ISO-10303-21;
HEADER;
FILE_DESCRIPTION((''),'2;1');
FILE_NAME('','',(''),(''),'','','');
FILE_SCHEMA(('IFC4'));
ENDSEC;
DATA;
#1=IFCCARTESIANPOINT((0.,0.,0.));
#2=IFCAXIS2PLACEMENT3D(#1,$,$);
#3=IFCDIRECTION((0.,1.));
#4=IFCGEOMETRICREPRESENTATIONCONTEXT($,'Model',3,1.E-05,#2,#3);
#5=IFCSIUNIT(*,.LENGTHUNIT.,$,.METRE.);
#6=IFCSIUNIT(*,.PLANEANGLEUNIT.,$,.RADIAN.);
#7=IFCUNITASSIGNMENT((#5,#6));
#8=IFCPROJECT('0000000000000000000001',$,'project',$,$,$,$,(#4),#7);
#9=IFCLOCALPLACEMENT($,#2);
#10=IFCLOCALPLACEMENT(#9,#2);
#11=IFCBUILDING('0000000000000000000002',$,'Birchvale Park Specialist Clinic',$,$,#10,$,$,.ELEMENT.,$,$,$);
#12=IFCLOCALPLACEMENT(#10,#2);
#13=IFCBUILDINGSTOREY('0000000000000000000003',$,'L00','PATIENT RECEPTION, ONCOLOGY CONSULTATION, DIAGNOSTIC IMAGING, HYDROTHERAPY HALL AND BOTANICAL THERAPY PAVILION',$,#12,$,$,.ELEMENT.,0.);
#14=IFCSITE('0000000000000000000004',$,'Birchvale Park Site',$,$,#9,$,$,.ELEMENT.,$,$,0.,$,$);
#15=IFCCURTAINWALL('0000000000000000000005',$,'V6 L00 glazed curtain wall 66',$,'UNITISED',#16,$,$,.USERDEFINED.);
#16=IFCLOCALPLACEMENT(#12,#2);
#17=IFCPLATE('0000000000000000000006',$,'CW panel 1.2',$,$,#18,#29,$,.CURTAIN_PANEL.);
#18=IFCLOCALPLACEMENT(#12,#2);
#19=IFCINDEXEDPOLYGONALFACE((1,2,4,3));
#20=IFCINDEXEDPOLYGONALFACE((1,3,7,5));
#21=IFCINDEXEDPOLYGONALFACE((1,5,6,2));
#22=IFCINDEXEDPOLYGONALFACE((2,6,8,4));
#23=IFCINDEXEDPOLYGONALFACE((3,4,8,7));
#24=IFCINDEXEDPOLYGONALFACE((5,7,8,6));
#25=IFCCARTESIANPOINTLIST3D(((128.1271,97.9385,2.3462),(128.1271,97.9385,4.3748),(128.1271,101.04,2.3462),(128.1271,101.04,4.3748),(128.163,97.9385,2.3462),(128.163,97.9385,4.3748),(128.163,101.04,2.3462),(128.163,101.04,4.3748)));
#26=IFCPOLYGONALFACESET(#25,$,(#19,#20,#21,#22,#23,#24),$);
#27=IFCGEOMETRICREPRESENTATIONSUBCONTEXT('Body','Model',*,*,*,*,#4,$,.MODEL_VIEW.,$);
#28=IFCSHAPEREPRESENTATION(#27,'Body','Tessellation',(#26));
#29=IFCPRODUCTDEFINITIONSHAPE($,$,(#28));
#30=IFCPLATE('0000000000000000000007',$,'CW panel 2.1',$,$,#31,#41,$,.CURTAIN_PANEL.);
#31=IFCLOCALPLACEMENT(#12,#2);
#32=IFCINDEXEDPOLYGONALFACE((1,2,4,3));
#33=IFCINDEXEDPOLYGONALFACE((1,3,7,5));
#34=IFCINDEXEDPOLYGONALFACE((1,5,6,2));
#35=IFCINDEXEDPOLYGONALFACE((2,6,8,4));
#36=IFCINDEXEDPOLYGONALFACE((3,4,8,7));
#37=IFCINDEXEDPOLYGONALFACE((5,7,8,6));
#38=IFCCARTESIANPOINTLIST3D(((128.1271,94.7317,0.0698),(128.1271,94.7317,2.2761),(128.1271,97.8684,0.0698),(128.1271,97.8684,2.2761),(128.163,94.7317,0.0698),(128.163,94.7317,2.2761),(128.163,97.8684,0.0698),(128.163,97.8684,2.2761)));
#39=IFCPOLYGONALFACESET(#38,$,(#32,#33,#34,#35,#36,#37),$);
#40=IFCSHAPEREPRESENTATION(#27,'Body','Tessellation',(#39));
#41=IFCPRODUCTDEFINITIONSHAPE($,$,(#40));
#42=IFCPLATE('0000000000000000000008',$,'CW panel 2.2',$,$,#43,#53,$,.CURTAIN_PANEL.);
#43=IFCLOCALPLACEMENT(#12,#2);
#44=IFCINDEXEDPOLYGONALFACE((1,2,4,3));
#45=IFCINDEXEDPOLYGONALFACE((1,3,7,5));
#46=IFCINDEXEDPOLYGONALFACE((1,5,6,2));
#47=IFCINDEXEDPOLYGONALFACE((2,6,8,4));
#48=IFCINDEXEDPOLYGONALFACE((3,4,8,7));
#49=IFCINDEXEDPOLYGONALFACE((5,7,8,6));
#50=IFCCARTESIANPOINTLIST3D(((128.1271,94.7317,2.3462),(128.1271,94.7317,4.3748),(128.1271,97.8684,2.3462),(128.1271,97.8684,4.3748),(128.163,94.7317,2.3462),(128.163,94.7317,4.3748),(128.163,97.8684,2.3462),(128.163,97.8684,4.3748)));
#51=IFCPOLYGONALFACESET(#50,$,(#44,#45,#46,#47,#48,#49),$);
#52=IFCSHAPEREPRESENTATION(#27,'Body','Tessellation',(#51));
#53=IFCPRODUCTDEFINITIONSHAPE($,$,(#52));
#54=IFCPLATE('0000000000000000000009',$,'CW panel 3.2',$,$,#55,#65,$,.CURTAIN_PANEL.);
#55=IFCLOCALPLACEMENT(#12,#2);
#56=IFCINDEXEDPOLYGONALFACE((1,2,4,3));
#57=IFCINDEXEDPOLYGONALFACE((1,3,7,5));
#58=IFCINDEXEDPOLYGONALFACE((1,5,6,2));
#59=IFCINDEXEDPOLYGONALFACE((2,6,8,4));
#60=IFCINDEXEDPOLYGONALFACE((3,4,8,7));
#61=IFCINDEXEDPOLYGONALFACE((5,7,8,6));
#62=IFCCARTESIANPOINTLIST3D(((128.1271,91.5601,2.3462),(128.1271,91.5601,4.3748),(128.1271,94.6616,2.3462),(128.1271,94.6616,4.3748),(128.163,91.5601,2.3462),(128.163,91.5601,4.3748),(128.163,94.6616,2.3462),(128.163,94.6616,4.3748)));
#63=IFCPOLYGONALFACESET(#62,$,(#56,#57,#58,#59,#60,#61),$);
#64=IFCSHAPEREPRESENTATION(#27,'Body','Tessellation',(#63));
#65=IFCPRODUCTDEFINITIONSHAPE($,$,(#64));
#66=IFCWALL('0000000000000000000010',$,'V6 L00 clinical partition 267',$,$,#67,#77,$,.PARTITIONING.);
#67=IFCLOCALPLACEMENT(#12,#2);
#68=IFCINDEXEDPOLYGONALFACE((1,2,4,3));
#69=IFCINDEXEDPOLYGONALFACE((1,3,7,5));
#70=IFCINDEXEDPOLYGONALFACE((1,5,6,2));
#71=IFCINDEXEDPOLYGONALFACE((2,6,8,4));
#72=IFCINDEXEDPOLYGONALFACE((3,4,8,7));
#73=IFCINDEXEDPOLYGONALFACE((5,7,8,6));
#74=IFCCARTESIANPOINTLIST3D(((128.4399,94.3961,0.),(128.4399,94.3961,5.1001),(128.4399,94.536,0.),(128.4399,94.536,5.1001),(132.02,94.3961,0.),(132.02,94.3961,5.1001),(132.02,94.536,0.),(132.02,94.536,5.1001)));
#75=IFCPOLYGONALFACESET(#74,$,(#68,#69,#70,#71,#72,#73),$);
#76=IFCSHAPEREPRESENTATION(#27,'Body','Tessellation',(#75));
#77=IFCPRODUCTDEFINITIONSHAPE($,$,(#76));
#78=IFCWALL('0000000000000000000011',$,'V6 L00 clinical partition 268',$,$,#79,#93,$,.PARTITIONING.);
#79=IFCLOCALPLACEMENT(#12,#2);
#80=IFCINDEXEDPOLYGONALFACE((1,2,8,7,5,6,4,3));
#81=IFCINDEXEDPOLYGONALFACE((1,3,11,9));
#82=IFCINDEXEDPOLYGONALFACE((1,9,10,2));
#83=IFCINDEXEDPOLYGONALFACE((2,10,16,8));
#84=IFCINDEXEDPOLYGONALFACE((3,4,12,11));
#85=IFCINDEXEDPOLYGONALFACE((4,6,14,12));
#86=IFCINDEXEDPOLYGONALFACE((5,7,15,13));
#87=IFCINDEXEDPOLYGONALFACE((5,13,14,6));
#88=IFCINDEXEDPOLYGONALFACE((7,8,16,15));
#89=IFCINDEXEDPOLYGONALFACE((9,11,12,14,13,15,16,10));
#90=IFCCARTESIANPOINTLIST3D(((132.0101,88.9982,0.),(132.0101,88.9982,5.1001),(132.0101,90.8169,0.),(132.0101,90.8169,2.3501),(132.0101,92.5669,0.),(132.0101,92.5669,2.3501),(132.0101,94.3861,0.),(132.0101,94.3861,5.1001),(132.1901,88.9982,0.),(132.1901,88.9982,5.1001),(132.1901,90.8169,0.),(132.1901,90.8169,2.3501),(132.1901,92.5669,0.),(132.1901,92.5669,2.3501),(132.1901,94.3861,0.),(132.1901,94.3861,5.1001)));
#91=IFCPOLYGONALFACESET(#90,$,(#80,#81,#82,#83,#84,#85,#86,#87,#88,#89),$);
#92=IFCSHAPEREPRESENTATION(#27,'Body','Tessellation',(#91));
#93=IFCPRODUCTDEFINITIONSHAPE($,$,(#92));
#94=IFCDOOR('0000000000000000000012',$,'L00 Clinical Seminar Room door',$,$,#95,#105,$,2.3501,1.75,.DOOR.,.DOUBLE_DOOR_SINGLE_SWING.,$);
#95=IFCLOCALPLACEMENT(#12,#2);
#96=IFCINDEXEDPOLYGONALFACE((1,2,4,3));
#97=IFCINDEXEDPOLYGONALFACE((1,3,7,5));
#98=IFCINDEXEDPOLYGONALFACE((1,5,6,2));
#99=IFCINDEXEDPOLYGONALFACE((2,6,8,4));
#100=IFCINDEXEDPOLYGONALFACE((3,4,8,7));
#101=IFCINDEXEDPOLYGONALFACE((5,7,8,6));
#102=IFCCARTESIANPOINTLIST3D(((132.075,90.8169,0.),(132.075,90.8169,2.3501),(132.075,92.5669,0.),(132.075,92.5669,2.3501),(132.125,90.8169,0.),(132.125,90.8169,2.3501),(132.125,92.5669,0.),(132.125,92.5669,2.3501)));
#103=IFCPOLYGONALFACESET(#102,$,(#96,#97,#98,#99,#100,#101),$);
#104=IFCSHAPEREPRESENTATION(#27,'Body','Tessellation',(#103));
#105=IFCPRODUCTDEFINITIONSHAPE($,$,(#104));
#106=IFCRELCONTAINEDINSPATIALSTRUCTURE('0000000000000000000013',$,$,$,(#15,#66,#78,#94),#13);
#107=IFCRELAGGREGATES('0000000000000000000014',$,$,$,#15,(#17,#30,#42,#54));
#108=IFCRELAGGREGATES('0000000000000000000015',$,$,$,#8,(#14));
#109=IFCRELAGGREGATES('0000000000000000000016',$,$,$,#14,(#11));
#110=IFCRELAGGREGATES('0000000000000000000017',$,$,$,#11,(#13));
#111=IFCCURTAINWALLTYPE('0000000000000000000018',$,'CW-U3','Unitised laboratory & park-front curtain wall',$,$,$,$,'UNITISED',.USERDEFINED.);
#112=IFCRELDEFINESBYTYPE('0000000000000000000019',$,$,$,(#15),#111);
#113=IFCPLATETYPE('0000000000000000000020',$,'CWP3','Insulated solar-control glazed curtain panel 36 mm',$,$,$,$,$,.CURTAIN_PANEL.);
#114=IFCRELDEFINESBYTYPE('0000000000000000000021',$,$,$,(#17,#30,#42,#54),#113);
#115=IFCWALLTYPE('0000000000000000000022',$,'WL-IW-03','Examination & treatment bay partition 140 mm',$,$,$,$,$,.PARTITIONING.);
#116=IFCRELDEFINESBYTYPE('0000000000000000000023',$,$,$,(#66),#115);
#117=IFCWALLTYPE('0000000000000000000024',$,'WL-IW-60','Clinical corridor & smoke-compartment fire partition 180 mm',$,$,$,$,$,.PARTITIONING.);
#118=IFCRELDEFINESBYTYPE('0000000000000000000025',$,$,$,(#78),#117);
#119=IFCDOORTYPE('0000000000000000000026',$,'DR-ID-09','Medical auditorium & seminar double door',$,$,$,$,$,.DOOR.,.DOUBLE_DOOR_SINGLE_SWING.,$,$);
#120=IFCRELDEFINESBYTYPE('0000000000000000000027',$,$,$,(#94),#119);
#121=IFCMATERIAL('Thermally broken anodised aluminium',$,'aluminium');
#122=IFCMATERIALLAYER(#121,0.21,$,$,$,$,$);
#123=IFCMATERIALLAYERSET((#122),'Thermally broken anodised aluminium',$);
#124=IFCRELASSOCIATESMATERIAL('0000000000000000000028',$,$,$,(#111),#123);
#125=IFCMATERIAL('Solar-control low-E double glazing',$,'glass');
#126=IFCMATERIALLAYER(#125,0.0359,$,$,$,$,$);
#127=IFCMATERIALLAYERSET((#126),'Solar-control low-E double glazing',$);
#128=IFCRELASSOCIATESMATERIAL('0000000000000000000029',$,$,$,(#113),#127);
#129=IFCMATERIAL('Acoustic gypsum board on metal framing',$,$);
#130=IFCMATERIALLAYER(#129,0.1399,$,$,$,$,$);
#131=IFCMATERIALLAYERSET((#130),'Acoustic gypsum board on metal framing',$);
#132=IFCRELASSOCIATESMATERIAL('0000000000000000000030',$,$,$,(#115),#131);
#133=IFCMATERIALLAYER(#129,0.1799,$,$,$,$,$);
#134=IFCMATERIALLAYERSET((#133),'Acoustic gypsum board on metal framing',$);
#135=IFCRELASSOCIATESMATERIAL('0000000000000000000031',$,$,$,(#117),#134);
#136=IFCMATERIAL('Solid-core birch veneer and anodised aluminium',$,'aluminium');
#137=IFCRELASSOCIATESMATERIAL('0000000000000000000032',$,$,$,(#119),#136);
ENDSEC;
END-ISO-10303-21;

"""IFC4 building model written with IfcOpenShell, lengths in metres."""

from ifc_helpers import new_model, si_unit, direction, frame, frame_2d, origin, origin_2d, place, context, subcontext, project, spatial, rectangle, extrude, material, layer, layer_set, type_object, element, fill, aggregate, save


model = new_model("IFC4")

# Units and contexts
model_context = context("Model", 3, precision=1e-05, world=origin(), true_north=direction((0.0, 1.0)))
body_context = subcontext(model_context, "Body", "Model", "MODEL_VIEW")
ifc_project = project(units=[si_unit("LENGTHUNIT", "METRE"), si_unit("PLANEANGLEUNIT", "RADIAN")], contexts=[model_context])

# Site, building, storey
site_placement = place(None, origin())
site = spatial("IfcSite", under=ifc_project, at=site_placement, Name="Birchvale Park Site", CompositionType="ELEMENT", RefElevation=0.0)
building_placement = place(site_placement, origin())
building = spatial("IfcBuilding", under=site, at=building_placement, Name="Birchvale Park Specialist Clinic", CompositionType="ELEMENT")
storey_placement = place(building_placement, origin())
storey = spatial("IfcBuildingStorey", under=building, at=storey_placement, Name="L00", Description="PATIENT RECEPTION, ONCOLOGY CONSULTATION, DIAGNOSTIC IMAGING, HYDROTHERAPY HALL AND BOTANICAL THERAPY PAVILION", CompositionType="ELEMENT", Elevation=0.0)

# Curtain wall, plates
ifc_material_1 = material(Name="Thermally broken anodised aluminium", Category="aluminium")
ifc_layer_1 = layer(ifc_material_1, 0.21)
ifc_layer_set_1 = layer_set([ifc_layer_1], Name="Thermally broken anodised aluminium")
curtain_wall_type = type_object("IfcCurtainWallType", Name="CW-U3", Description="Unitised laboratory & park-front curtain wall", ElementType="UNITISED", PredefinedType="USERDEFINED", material=ifc_layer_set_1)
curtain_wall_placement = place(storey_placement, origin())
curtain_wall = element("IfcCurtainWall", 1, at=curtain_wall_placement, inside=storey, type_object=curtain_wall_type, Name="V6 L00 glazed curtain wall 66", ObjectType="UNITISED", PredefinedType="USERDEFINED")
ifc_material_2 = material(Name="Solar-control low-E double glazing", Category="glass")
ifc_layer_2 = layer(ifc_material_2, 0.0359)
ifc_layer_set_2 = layer_set([ifc_layer_2], Name="Solar-control low-E double glazing")
plate_type = type_object("IfcPlateType", Name="CWP3", Description="Insulated solar-control glazed curtain panel 36 mm", PredefinedType="CURTAIN_PANEL", material=ifc_layer_set_2)
plate_1_placement = place(storey_placement, frame((128.145, 99.4893, 2.3462), z_axis=(0.0, 0.0, 1.0), x_axis=(0.0, -1.0, 0.0)))
plate_1 = element("IfcPlate", 2, at=plate_1_placement, type_object=plate_type, Name="CW panel 1.2", PredefinedType="CURTAIN_PANEL", context=body_context, shape_type="SweptSolid", body=[
    extrude(rectangle(XDim=3.1016, YDim=0.0359, at=origin_2d()), origin(), (0.0, 0.0, 1.0), 2.0286),
])
plate_2_placement = place(storey_placement, frame((128.145, 96.3, 0.0698), z_axis=(0.0, 0.0, 1.0), x_axis=(0.0, -1.0, 0.0)))
plate_2 = element("IfcPlate", 3, at=plate_2_placement, type_object=plate_type, Name="CW panel 2.1", PredefinedType="CURTAIN_PANEL", context=body_context, shape_type="SweptSolid", body=[
    extrude(rectangle(XDim=3.1367, YDim=0.0359, at=origin_2d()), origin(), (0.0, 0.0, 1.0), 2.2063),
])
plate_3_placement = place(storey_placement, frame((128.145, 96.3, 2.3462), z_axis=(0.0, 0.0, 1.0), x_axis=(0.0, -1.0, 0.0)))
plate_3 = element("IfcPlate", 4, at=plate_3_placement, type_object=plate_type, Name="CW panel 2.2", PredefinedType="CURTAIN_PANEL", context=body_context, shape_type="SweptSolid", body=[
    extrude(rectangle(XDim=3.1367, YDim=0.0359, at=origin_2d()), origin(), (0.0, 0.0, 1.0), 2.0286),
])
plate_4_placement = place(storey_placement, frame((128.145, 93.1108, 2.3462), z_axis=(0.0, 0.0, 1.0), x_axis=(0.0, -1.0, 0.0)))
plate_4 = element("IfcPlate", 5, at=plate_4_placement, type_object=plate_type, Name="CW panel 3.2", PredefinedType="CURTAIN_PANEL", context=body_context, shape_type="SweptSolid", body=[
    extrude(rectangle(XDim=3.1016, YDim=0.0359, at=origin_2d()), origin(), (0.0, 0.0, 1.0), 2.0286),
])
aggregate(curtain_wall, [plate_1, plate_2, plate_3, plate_4])

# Wall
ifc_material_3 = material(Name="Acoustic gypsum board on metal framing")
ifc_layer_3 = layer(ifc_material_3, 0.1399)
ifc_layer_set_3 = layer_set([ifc_layer_3], Name="Acoustic gypsum board on metal framing")
wall_type_1 = type_object("IfcWallType", Name="WL-IW-03", Description="Examination & treatment bay partition 140 mm", PredefinedType="PARTITIONING", material=ifc_layer_set_3)
wall_1_placement = place(storey_placement, frame((128.4399, 94.4661, 0.0), z_axis=(0.0, 0.0, 1.0), x_axis=(1.0, 0.0, 0.0)))
element("IfcWall", 6, at=wall_1_placement, inside=storey, type_object=wall_type_1, Name="V6 L00 clinical partition 267", PredefinedType="PARTITIONING", context=body_context, shape_type="SweptSolid", body=[
    extrude(rectangle(XDim=3.5801, YDim=0.1399, at=frame_2d((1.79, 0.0))), origin(), (0.0, 0.0, 1.0), 5.1001),
])

# Wall, opening, door
ifc_layer_4 = layer(ifc_material_3, 0.1799)
ifc_layer_set_4 = layer_set([ifc_layer_4], Name="Acoustic gypsum board on metal framing")
wall_type_2 = type_object("IfcWallType", Name="WL-IW-60", Description="Clinical corridor & smoke-compartment fire partition 180 mm", PredefinedType="PARTITIONING", material=ifc_layer_set_4)
wall_2_placement = place(storey_placement, frame((132.1001, 94.386, 0.0), z_axis=(0.0, 0.0, 1.0), x_axis=(0.0, -1.0, 0.0)))
wall_2 = element("IfcWall", 7, at=wall_2_placement, inside=storey, type_object=wall_type_2, Name="V6 L00 clinical partition 268", PredefinedType="PARTITIONING", context=body_context, shape_type="SweptSolid", body=[
    extrude(rectangle(XDim=5.3879, YDim=0.1799, at=frame_2d((2.6938, 0.0))), origin(), (0.0, 0.0, 1.0), 5.1001),
])
opening_placement = place(wall_2_placement, frame((1.8191, 0.0, 0.0)))
opening = element("IfcOpeningElement", 8, at=opening_placement, cuts=wall_2, PredefinedType="OPENING", context=body_context, shape_type="SweptSolid", body=[
    extrude(rectangle(XDim=1.75, YDim=2.3501, at=frame_2d((0.875, 1.175))), frame((0.0, 0.1001, 0.0), z_axis=(0.0, -1.0, 0.0), x_axis=(1.0, 0.0, 0.0)), (0.0, 0.0, 1.0), 0.2),
])
ifc_material_4 = material(Name="Solid-core birch veneer and anodised aluminium", Category="aluminium")
door_type = type_object("IfcDoorType", Name="DR-ID-09", Description="Medical auditorium & seminar double door", OperationType="DOUBLE_DOOR_SINGLE_SWING", PredefinedType="DOOR", material=ifc_material_4)
door_placement = place(opening_placement, origin())
door = element("IfcDoor", 9, at=door_placement, inside=storey, type_object=door_type, Name="L00 Clinical Seminar Room door", OperationType="DOUBLE_DOOR_SINGLE_SWING", OverallHeight=2.3501, OverallWidth=1.75, PredefinedType="DOOR", context=body_context, shape_type="SweptSolid", body=[
    extrude(rectangle(XDim=1.75, YDim=2.3501, at=frame_2d((0.875, 1.175))), frame((0.0, 0.0249, 0.0), z_axis=(0.0, -1.0, 0.0), x_axis=(1.0, 0.0, 0.0)), (0.0, 0.0, 1.0), 0.05),
])
fill(opening, door)

save(model, "model.ifc")
